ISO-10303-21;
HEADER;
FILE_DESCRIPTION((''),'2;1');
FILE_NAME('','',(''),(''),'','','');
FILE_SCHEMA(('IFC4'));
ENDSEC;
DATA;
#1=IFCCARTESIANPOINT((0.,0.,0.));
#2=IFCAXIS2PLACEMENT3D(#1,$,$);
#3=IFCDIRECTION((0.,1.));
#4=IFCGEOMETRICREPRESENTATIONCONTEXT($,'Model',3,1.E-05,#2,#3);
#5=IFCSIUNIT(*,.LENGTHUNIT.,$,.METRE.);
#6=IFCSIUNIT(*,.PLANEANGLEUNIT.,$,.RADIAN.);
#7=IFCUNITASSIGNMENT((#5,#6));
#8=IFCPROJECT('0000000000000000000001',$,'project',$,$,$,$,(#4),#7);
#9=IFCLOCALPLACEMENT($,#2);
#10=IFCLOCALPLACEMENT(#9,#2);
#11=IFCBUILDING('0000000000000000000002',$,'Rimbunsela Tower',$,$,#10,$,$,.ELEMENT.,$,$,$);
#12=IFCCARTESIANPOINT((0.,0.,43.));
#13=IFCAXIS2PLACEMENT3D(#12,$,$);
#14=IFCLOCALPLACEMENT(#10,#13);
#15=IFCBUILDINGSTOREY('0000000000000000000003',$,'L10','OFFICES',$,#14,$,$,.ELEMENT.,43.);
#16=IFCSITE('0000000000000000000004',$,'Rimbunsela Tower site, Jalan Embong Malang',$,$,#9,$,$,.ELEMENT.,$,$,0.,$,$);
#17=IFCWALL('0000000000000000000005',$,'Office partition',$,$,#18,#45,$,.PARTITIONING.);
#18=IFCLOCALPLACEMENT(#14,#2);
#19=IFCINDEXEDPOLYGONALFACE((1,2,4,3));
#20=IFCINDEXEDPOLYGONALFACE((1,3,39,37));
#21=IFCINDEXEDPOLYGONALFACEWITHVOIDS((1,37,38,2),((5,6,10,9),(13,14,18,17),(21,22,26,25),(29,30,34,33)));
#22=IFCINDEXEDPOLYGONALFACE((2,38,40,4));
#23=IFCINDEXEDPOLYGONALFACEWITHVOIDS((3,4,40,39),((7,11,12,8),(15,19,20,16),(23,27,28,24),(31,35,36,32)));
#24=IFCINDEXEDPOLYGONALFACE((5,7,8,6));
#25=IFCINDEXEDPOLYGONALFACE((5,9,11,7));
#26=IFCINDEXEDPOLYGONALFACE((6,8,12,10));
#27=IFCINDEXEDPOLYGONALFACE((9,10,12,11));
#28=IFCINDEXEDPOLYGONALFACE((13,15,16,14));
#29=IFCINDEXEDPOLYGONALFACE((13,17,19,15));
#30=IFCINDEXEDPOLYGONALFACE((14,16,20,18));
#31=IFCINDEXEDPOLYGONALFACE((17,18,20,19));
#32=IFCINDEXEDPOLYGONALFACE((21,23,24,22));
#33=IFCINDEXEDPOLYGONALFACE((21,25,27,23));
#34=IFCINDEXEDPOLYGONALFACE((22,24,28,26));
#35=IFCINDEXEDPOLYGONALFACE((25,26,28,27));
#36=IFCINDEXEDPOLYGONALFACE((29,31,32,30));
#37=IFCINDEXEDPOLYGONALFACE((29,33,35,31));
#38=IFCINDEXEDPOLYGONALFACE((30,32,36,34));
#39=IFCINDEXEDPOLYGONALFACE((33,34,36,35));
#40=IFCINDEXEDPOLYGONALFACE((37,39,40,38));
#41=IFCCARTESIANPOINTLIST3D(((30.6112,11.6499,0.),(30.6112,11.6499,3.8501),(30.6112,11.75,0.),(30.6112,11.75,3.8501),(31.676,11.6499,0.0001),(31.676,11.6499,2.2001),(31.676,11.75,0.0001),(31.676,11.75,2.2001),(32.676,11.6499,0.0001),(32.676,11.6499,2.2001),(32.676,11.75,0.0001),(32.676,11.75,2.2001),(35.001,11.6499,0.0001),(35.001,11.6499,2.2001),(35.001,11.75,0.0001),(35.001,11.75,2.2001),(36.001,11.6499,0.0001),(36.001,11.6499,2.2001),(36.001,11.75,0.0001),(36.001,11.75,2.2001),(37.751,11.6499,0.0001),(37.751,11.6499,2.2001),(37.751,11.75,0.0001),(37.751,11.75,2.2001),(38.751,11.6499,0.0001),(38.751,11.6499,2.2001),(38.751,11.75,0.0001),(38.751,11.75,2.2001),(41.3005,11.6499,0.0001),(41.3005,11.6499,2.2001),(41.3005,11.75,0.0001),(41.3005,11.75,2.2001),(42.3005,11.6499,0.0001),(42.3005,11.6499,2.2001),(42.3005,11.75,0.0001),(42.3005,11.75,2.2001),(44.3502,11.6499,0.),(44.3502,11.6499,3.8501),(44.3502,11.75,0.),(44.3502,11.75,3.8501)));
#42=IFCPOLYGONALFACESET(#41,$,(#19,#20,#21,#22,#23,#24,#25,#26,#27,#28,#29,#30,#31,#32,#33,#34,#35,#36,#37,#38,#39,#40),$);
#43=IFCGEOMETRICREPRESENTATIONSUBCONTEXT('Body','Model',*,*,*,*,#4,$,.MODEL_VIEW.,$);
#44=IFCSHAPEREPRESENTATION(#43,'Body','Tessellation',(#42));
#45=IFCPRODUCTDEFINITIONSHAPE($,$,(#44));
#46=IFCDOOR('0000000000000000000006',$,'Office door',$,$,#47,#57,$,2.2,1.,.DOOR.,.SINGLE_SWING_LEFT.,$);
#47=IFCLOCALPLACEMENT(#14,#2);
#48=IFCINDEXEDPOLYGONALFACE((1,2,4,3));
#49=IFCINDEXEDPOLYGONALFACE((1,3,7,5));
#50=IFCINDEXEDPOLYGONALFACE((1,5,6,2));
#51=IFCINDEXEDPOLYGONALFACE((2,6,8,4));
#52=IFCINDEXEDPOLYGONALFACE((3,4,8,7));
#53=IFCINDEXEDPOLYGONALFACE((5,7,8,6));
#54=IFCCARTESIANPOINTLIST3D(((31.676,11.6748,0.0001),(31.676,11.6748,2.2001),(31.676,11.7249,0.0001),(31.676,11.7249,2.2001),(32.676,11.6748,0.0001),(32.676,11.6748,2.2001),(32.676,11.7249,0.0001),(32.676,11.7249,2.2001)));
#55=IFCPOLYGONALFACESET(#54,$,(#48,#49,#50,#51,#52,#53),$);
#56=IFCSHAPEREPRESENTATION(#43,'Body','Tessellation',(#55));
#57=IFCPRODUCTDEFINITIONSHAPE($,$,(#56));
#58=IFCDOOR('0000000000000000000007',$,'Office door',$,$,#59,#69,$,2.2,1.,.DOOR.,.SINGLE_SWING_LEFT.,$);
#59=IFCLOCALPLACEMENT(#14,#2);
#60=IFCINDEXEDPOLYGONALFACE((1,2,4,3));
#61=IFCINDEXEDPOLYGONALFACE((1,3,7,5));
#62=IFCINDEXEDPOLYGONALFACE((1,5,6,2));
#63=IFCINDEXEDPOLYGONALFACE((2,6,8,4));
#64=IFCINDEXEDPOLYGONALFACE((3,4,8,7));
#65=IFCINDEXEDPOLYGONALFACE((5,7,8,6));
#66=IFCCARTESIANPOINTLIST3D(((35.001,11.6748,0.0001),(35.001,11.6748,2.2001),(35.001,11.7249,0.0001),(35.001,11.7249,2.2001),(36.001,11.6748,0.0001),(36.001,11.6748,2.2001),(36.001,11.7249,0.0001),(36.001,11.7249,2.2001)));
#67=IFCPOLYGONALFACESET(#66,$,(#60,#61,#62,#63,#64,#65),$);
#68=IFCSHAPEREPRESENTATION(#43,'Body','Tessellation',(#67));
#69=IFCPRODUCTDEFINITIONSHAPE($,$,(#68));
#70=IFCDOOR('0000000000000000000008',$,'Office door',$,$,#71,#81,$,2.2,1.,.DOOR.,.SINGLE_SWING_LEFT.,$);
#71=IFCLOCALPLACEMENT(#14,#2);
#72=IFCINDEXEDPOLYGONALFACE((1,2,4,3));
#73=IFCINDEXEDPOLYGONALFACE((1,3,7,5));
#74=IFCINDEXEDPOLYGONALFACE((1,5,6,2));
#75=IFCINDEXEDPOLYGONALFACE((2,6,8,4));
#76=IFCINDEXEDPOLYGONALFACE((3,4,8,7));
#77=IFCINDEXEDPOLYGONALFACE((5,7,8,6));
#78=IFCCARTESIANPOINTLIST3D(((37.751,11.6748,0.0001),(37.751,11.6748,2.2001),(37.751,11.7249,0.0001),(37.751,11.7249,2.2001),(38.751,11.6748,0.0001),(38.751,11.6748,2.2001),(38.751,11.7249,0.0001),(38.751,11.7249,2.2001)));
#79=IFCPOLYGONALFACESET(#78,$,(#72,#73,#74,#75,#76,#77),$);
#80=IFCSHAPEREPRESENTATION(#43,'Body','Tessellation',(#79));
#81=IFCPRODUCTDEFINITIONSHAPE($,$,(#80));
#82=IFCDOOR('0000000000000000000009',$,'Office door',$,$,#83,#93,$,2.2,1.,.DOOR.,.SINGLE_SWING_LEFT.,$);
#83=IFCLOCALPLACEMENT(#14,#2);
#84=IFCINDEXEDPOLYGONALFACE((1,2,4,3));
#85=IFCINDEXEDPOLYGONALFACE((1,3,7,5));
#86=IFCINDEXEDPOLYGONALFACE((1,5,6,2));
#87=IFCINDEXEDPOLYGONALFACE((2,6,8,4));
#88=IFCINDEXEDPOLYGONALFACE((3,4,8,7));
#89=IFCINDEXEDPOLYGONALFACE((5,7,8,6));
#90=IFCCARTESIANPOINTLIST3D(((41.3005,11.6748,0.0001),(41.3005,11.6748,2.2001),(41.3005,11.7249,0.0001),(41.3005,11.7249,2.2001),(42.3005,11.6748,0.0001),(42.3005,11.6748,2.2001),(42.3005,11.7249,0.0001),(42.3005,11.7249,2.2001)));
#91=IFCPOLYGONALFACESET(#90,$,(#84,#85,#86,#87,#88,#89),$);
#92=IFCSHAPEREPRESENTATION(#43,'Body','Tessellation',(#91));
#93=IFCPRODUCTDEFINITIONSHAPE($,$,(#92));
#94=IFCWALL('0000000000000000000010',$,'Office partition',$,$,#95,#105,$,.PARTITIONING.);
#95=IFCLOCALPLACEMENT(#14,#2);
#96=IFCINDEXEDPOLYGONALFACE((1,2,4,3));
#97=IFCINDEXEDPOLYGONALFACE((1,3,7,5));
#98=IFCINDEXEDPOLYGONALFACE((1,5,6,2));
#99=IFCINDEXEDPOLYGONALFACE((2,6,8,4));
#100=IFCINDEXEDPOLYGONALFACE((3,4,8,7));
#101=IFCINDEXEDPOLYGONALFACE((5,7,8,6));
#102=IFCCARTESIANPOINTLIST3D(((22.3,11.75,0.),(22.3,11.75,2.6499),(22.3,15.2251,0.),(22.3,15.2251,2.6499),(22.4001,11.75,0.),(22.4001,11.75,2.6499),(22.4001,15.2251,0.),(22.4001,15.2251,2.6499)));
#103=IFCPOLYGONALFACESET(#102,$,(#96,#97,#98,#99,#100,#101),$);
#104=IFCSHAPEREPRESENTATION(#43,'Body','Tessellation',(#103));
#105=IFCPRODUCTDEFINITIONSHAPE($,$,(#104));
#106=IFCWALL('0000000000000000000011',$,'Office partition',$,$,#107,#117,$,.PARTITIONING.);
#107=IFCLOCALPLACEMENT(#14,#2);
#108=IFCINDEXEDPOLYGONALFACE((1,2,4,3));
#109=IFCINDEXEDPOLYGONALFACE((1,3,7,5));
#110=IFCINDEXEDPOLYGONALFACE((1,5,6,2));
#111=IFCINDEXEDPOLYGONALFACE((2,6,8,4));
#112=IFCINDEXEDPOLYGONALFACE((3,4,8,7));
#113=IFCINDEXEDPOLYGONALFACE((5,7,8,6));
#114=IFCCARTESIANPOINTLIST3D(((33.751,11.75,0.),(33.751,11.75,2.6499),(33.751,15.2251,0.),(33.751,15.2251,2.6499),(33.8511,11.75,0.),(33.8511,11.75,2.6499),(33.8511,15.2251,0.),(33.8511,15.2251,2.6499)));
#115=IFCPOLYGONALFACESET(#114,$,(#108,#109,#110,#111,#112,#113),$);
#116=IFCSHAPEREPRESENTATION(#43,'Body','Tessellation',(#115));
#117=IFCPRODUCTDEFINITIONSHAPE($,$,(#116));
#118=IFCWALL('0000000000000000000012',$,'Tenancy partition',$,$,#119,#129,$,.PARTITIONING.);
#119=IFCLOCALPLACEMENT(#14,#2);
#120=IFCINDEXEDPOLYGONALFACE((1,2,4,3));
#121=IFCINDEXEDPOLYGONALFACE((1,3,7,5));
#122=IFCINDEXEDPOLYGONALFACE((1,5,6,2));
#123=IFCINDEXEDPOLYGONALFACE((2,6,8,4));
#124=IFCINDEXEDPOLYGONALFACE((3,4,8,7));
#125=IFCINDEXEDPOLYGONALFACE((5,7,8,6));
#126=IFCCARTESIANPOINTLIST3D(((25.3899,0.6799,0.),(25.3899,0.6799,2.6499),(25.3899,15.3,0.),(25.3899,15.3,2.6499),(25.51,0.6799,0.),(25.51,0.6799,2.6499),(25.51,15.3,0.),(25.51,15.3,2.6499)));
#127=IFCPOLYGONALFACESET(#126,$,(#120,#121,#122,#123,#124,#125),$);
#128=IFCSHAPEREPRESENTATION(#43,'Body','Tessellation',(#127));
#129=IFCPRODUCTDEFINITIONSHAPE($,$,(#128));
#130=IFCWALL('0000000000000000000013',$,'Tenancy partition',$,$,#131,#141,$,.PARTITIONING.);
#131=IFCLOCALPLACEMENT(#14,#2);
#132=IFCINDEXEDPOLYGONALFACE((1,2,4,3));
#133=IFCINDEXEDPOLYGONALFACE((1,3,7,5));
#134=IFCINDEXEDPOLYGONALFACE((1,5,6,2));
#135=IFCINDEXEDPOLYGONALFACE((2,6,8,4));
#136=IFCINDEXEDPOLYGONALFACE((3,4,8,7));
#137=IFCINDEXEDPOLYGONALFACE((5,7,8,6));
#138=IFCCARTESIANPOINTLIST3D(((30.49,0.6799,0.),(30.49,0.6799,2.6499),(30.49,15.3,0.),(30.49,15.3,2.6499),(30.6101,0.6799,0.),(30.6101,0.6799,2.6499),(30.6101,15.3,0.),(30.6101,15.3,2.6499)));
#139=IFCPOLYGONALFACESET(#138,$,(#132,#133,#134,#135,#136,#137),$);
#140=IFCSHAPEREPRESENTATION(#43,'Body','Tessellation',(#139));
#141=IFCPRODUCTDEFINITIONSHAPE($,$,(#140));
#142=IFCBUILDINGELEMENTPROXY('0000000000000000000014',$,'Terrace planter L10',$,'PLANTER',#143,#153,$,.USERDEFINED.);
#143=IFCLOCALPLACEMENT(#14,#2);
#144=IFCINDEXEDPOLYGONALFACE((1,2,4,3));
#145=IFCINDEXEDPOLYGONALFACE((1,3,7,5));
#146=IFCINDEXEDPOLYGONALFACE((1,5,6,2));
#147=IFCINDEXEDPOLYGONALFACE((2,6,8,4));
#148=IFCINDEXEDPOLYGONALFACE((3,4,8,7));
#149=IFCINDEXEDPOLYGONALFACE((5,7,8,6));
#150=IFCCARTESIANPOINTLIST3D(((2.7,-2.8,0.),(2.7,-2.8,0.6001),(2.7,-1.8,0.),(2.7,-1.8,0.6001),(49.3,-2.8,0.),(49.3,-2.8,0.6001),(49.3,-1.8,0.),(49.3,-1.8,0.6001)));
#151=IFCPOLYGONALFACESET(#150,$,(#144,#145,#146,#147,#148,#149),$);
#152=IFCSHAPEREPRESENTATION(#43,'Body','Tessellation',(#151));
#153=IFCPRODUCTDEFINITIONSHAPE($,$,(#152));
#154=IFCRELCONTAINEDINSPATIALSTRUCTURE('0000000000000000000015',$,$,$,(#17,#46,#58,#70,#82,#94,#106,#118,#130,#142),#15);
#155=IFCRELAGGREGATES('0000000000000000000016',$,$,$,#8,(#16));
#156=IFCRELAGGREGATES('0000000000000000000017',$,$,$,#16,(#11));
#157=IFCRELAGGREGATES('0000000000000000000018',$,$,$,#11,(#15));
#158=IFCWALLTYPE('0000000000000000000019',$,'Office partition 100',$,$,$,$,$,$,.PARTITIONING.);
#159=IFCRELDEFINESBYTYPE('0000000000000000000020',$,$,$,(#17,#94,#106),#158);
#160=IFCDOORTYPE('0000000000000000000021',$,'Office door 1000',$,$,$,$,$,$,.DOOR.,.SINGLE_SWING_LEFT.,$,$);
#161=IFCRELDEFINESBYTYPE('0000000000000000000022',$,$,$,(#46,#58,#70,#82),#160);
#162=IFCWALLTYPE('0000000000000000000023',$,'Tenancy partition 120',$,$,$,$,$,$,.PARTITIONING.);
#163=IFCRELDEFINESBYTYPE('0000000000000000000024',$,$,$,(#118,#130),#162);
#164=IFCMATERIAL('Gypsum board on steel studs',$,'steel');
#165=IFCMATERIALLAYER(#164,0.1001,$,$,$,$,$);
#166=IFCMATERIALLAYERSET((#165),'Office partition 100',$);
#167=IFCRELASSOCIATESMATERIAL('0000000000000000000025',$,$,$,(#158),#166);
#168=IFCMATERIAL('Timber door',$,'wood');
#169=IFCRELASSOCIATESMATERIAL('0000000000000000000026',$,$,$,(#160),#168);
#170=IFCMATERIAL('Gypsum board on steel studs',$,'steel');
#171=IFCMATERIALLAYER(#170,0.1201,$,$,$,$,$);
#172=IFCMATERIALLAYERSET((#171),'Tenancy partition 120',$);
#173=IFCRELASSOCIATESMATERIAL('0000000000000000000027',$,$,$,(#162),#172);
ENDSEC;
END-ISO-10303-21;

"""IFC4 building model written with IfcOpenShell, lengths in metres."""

from ifc_helpers import new_model, si_unit, direction, frame, frame_2d, origin, origin_2d, place, context, subcontext, project, spatial, rectangle, extrude, material, layer, layer_set, type_object, element, fill, save


model = new_model("IFC4")

# Units and contexts
model_context = context("Model", 3, precision=1e-05, world=origin(), true_north=direction((0.0, 1.0)))
body_context = subcontext(model_context, "Body", "Model", "MODEL_VIEW")
ifc_project = project(units=[si_unit("LENGTHUNIT", "METRE"), si_unit("PLANEANGLEUNIT", "RADIAN")], contexts=[model_context])

# Site, building, storey
site_placement = place(None, origin())
site = spatial("IfcSite", under=ifc_project, at=site_placement, Name="Rimbunsela Tower site, Jalan Embong Malang", CompositionType="ELEMENT", RefElevation=0.0)
building_placement = place(site_placement, origin())
building = spatial("IfcBuilding", under=site, at=building_placement, Name="Rimbunsela Tower", CompositionType="ELEMENT")
storey_placement = place(building_placement, frame((0.0, 0.0, 43.0)))
storey = spatial("IfcBuildingStorey", under=building, at=storey_placement, Name="L10", Description="OFFICES", CompositionType="ELEMENT", Elevation=43.0)

# Wall, openings, doors
ifc_material_1 = material(Name="Gypsum board on steel studs", Category="steel")
ifc_layer_1 = layer(ifc_material_1, 0.1001)
ifc_layer_set_1 = layer_set([ifc_layer_1], Name="Office partition 100")
wall_type_1 = type_object("IfcWallType", Name="Office partition 100", PredefinedType="PARTITIONING", material=ifc_layer_set_1)
wall_placement = place(storey_placement, frame((30.6111, 11.7, 0.0), z_axis=(0.0, 0.0, 1.0), x_axis=(1.0, 0.0, 0.0)))
wall = element("IfcWall", 1, at=wall_placement, inside=storey, type_object=wall_type_1, Name="Office partition", PredefinedType="PARTITIONING", context=body_context, shape_type="SweptSolid", body=[
    extrude(rectangle(XDim=13.739, YDim=0.1001, at=frame_2d((6.8696, 0.0))), origin(), (0.0, 0.0, 1.0), 3.8501),
])
opening_1_placement = place(wall_placement, frame((1.0649, 0.0, 0.0)))
opening_1 = element("IfcOpeningElement", 2, at=opening_1_placement, cuts=wall, PredefinedType="OPENING", context=body_context, shape_type="SweptSolid", body=[
    extrude(rectangle(XDim=1.0, YDim=2.2, at=frame_2d((0.5, 1.1001))), frame((0.0, 0.0601, 0.0), z_axis=(0.0, -1.0, 0.0), x_axis=(1.0, 0.0, 0.0)), (0.0, 0.0, 1.0), 0.1201),
])
opening_2_placement = place(wall_placement, frame((4.3899, 0.0, 0.0)))
opening_2 = element("IfcOpeningElement", 3, at=opening_2_placement, cuts=wall, PredefinedType="OPENING", context=body_context, shape_type="SweptSolid", body=[
    extrude(rectangle(XDim=1.0, YDim=2.2, at=frame_2d((0.5, 1.1001))), frame((0.0, 0.0601, 0.0), z_axis=(0.0, -1.0, 0.0), x_axis=(1.0, 0.0, 0.0)), (0.0, 0.0, 1.0), 0.1201),
])
opening_3_placement = place(wall_placement, frame((7.1399, 0.0, 0.0)))
opening_3 = element("IfcOpeningElement", 4, at=opening_3_placement, cuts=wall, PredefinedType="OPENING", context=body_context, shape_type="SweptSolid", body=[
    extrude(rectangle(XDim=1.0, YDim=2.2, at=frame_2d((0.5, 1.1001))), frame((0.0, 0.0601, 0.0), z_axis=(0.0, -1.0, 0.0), x_axis=(1.0, 0.0, 0.0)), (0.0, 0.0, 1.0), 0.1201),
])
opening_4_placement = place(wall_placement, frame((10.6895, 0.0, 0.0)))
opening_4 = element("IfcOpeningElement", 5, at=opening_4_placement, cuts=wall, PredefinedType="OPENING", context=body_context, shape_type="SweptSolid", body=[
    extrude(rectangle(XDim=1.0, YDim=2.2, at=frame_2d((0.5, 1.1001))), frame((0.0, 0.0601, 0.0), z_axis=(0.0, -1.0, 0.0), x_axis=(1.0, 0.0, 0.0)), (0.0, 0.0, 1.0), 0.1201),
])
ifc_material_2 = material(Name="Timber door", Category="wood")
door_type = type_object("IfcDoorType", Name="Office door 1000", OperationType="SINGLE_SWING_LEFT", PredefinedType="DOOR", material=ifc_material_2)
door_1_placement = place(opening_1_placement, origin())
door_1 = element("IfcDoor", 6, at=door_1_placement, inside=storey, type_object=door_type, Name="Office door", OperationType="SINGLE_SWING_LEFT", OverallHeight=2.2, OverallWidth=1.0, PredefinedType="DOOR", context=body_context, shape_type="SweptSolid", body=[
    extrude(rectangle(XDim=1.0, YDim=2.2, at=frame_2d((0.5, 1.1001))), frame((0.0, 0.0249, 0.0), z_axis=(0.0, -1.0, 0.0), x_axis=(1.0, 0.0, 0.0)), (0.0, 0.0, 1.0), 0.05),
])
fill(opening_1, door_1)
door_2_placement = place(opening_2_placement, origin())
door_2 = element("IfcDoor", 7, at=door_2_placement, inside=storey, type_object=door_type, Name="Office door", OperationType="SINGLE_SWING_LEFT", OverallHeight=2.2, OverallWidth=1.0, PredefinedType="DOOR", context=body_context, shape_type="SweptSolid", body=[
    extrude(rectangle(XDim=1.0, YDim=2.2, at=frame_2d((0.5, 1.1001))), frame((0.0, 0.0249, 0.0), z_axis=(0.0, -1.0, 0.0), x_axis=(1.0, 0.0, 0.0)), (0.0, 0.0, 1.0), 0.05),
])
fill(opening_2, door_2)
door_3_placement = place(opening_3_placement, origin())
door_3 = element("IfcDoor", 8, at=door_3_placement, inside=storey, type_object=door_type, Name="Office door", OperationType="SINGLE_SWING_LEFT", OverallHeight=2.2, OverallWidth=1.0, PredefinedType="DOOR", context=body_context, shape_type="SweptSolid", body=[
    extrude(rectangle(XDim=1.0, YDim=2.2, at=frame_2d((0.5, 1.1001))), frame((0.0, 0.0249, 0.0), z_axis=(0.0, -1.0, 0.0), x_axis=(1.0, 0.0, 0.0)), (0.0, 0.0, 1.0), 0.05),
])
fill(opening_3, door_3)
door_4_placement = place(opening_4_placement, origin())
door_4 = element("IfcDoor", 9, at=door_4_placement, inside=storey, type_object=door_type, Name="Office door", OperationType="SINGLE_SWING_LEFT", OverallHeight=2.2, OverallWidth=1.0, PredefinedType="DOOR", context=body_context, shape_type="SweptSolid", body=[
    extrude(rectangle(XDim=1.0, YDim=2.2, at=frame_2d((0.5, 1.1001))), frame((0.0, 0.0249, 0.0), z_axis=(0.0, -1.0, 0.0), x_axis=(1.0, 0.0, 0.0)), (0.0, 0.0, 1.0), 0.05),
])
fill(opening_4, door_4)

# Walls
for number, where, z_axis, x_axis, name in (
    (10, (22.3501, 11.75, 0.0), (0.0, 0.0, 1.0), (0.0, 1.0, 0.0), "Office partition"),
    (11, (33.801, 11.75, 0.0), (0.0, 0.0, 1.0), (0.0, 1.0, 0.0), "Office partition"),
):
    element("IfcWall", number, at=place(storey_placement, frame(where, z_axis=z_axis, x_axis=x_axis)), inside=storey, type_object=wall_type_1, Name=name, PredefinedType="PARTITIONING", context=body_context, shape_type="SweptSolid", body=[
        extrude(rectangle(XDim=3.4751, YDim=0.1001, at=frame_2d((1.7375, 0.0))), origin(), (0.0, 0.0, 1.0), 2.6499),
    ])
ifc_material_3 = material(Name="Gypsum board on steel studs", Category="steel")
ifc_layer_2 = layer(ifc_material_3, 0.1201)
ifc_layer_set_2 = layer_set([ifc_layer_2], Name="Tenancy partition 120")
wall_type_2 = type_object("IfcWallType", Name="Tenancy partition 120", PredefinedType="PARTITIONING", material=ifc_layer_set_2)
for number, where, z_axis, x_axis, name in (
    (12, (25.45, 0.6799, 0.0), (0.0, 0.0, 1.0), (0.0, 1.0, 0.0), "Tenancy partition"),
    (13, (30.55, 0.6799, 0.0), (0.0, 0.0, 1.0), (0.0, 1.0, 0.0), "Tenancy partition"),
):
    element("IfcWall", number, at=place(storey_placement, frame(where, z_axis=z_axis, x_axis=x_axis)), inside=storey, type_object=wall_type_2, Name=name, PredefinedType="PARTITIONING", context=body_context, shape_type="SweptSolid", body=[
        extrude(rectangle(XDim=14.6201, YDim=0.1201, at=frame_2d((7.3101, 0.0))), origin(), (0.0, 0.0, 1.0), 2.6499),
    ])

# Building element proxy
proxy_placement = place(storey_placement, frame((26.0, -2.3, 0.0), z_axis=(0.0, 0.0, 1.0), x_axis=(1.0, 0.0, 0.0)))
element("IfcBuildingElementProxy", 14, at=proxy_placement, inside=storey, Name="Terrace planter L10", ObjectType="PLANTER", PredefinedType="USERDEFINED", context=body_context, shape_type="SweptSolid", body=[
    extrude(rectangle(XDim=46.6001, YDim=1.0, at=origin_2d()), origin(), (0.0, 0.0, 1.0), 0.6001),
])

save(model, "model.ifc")
